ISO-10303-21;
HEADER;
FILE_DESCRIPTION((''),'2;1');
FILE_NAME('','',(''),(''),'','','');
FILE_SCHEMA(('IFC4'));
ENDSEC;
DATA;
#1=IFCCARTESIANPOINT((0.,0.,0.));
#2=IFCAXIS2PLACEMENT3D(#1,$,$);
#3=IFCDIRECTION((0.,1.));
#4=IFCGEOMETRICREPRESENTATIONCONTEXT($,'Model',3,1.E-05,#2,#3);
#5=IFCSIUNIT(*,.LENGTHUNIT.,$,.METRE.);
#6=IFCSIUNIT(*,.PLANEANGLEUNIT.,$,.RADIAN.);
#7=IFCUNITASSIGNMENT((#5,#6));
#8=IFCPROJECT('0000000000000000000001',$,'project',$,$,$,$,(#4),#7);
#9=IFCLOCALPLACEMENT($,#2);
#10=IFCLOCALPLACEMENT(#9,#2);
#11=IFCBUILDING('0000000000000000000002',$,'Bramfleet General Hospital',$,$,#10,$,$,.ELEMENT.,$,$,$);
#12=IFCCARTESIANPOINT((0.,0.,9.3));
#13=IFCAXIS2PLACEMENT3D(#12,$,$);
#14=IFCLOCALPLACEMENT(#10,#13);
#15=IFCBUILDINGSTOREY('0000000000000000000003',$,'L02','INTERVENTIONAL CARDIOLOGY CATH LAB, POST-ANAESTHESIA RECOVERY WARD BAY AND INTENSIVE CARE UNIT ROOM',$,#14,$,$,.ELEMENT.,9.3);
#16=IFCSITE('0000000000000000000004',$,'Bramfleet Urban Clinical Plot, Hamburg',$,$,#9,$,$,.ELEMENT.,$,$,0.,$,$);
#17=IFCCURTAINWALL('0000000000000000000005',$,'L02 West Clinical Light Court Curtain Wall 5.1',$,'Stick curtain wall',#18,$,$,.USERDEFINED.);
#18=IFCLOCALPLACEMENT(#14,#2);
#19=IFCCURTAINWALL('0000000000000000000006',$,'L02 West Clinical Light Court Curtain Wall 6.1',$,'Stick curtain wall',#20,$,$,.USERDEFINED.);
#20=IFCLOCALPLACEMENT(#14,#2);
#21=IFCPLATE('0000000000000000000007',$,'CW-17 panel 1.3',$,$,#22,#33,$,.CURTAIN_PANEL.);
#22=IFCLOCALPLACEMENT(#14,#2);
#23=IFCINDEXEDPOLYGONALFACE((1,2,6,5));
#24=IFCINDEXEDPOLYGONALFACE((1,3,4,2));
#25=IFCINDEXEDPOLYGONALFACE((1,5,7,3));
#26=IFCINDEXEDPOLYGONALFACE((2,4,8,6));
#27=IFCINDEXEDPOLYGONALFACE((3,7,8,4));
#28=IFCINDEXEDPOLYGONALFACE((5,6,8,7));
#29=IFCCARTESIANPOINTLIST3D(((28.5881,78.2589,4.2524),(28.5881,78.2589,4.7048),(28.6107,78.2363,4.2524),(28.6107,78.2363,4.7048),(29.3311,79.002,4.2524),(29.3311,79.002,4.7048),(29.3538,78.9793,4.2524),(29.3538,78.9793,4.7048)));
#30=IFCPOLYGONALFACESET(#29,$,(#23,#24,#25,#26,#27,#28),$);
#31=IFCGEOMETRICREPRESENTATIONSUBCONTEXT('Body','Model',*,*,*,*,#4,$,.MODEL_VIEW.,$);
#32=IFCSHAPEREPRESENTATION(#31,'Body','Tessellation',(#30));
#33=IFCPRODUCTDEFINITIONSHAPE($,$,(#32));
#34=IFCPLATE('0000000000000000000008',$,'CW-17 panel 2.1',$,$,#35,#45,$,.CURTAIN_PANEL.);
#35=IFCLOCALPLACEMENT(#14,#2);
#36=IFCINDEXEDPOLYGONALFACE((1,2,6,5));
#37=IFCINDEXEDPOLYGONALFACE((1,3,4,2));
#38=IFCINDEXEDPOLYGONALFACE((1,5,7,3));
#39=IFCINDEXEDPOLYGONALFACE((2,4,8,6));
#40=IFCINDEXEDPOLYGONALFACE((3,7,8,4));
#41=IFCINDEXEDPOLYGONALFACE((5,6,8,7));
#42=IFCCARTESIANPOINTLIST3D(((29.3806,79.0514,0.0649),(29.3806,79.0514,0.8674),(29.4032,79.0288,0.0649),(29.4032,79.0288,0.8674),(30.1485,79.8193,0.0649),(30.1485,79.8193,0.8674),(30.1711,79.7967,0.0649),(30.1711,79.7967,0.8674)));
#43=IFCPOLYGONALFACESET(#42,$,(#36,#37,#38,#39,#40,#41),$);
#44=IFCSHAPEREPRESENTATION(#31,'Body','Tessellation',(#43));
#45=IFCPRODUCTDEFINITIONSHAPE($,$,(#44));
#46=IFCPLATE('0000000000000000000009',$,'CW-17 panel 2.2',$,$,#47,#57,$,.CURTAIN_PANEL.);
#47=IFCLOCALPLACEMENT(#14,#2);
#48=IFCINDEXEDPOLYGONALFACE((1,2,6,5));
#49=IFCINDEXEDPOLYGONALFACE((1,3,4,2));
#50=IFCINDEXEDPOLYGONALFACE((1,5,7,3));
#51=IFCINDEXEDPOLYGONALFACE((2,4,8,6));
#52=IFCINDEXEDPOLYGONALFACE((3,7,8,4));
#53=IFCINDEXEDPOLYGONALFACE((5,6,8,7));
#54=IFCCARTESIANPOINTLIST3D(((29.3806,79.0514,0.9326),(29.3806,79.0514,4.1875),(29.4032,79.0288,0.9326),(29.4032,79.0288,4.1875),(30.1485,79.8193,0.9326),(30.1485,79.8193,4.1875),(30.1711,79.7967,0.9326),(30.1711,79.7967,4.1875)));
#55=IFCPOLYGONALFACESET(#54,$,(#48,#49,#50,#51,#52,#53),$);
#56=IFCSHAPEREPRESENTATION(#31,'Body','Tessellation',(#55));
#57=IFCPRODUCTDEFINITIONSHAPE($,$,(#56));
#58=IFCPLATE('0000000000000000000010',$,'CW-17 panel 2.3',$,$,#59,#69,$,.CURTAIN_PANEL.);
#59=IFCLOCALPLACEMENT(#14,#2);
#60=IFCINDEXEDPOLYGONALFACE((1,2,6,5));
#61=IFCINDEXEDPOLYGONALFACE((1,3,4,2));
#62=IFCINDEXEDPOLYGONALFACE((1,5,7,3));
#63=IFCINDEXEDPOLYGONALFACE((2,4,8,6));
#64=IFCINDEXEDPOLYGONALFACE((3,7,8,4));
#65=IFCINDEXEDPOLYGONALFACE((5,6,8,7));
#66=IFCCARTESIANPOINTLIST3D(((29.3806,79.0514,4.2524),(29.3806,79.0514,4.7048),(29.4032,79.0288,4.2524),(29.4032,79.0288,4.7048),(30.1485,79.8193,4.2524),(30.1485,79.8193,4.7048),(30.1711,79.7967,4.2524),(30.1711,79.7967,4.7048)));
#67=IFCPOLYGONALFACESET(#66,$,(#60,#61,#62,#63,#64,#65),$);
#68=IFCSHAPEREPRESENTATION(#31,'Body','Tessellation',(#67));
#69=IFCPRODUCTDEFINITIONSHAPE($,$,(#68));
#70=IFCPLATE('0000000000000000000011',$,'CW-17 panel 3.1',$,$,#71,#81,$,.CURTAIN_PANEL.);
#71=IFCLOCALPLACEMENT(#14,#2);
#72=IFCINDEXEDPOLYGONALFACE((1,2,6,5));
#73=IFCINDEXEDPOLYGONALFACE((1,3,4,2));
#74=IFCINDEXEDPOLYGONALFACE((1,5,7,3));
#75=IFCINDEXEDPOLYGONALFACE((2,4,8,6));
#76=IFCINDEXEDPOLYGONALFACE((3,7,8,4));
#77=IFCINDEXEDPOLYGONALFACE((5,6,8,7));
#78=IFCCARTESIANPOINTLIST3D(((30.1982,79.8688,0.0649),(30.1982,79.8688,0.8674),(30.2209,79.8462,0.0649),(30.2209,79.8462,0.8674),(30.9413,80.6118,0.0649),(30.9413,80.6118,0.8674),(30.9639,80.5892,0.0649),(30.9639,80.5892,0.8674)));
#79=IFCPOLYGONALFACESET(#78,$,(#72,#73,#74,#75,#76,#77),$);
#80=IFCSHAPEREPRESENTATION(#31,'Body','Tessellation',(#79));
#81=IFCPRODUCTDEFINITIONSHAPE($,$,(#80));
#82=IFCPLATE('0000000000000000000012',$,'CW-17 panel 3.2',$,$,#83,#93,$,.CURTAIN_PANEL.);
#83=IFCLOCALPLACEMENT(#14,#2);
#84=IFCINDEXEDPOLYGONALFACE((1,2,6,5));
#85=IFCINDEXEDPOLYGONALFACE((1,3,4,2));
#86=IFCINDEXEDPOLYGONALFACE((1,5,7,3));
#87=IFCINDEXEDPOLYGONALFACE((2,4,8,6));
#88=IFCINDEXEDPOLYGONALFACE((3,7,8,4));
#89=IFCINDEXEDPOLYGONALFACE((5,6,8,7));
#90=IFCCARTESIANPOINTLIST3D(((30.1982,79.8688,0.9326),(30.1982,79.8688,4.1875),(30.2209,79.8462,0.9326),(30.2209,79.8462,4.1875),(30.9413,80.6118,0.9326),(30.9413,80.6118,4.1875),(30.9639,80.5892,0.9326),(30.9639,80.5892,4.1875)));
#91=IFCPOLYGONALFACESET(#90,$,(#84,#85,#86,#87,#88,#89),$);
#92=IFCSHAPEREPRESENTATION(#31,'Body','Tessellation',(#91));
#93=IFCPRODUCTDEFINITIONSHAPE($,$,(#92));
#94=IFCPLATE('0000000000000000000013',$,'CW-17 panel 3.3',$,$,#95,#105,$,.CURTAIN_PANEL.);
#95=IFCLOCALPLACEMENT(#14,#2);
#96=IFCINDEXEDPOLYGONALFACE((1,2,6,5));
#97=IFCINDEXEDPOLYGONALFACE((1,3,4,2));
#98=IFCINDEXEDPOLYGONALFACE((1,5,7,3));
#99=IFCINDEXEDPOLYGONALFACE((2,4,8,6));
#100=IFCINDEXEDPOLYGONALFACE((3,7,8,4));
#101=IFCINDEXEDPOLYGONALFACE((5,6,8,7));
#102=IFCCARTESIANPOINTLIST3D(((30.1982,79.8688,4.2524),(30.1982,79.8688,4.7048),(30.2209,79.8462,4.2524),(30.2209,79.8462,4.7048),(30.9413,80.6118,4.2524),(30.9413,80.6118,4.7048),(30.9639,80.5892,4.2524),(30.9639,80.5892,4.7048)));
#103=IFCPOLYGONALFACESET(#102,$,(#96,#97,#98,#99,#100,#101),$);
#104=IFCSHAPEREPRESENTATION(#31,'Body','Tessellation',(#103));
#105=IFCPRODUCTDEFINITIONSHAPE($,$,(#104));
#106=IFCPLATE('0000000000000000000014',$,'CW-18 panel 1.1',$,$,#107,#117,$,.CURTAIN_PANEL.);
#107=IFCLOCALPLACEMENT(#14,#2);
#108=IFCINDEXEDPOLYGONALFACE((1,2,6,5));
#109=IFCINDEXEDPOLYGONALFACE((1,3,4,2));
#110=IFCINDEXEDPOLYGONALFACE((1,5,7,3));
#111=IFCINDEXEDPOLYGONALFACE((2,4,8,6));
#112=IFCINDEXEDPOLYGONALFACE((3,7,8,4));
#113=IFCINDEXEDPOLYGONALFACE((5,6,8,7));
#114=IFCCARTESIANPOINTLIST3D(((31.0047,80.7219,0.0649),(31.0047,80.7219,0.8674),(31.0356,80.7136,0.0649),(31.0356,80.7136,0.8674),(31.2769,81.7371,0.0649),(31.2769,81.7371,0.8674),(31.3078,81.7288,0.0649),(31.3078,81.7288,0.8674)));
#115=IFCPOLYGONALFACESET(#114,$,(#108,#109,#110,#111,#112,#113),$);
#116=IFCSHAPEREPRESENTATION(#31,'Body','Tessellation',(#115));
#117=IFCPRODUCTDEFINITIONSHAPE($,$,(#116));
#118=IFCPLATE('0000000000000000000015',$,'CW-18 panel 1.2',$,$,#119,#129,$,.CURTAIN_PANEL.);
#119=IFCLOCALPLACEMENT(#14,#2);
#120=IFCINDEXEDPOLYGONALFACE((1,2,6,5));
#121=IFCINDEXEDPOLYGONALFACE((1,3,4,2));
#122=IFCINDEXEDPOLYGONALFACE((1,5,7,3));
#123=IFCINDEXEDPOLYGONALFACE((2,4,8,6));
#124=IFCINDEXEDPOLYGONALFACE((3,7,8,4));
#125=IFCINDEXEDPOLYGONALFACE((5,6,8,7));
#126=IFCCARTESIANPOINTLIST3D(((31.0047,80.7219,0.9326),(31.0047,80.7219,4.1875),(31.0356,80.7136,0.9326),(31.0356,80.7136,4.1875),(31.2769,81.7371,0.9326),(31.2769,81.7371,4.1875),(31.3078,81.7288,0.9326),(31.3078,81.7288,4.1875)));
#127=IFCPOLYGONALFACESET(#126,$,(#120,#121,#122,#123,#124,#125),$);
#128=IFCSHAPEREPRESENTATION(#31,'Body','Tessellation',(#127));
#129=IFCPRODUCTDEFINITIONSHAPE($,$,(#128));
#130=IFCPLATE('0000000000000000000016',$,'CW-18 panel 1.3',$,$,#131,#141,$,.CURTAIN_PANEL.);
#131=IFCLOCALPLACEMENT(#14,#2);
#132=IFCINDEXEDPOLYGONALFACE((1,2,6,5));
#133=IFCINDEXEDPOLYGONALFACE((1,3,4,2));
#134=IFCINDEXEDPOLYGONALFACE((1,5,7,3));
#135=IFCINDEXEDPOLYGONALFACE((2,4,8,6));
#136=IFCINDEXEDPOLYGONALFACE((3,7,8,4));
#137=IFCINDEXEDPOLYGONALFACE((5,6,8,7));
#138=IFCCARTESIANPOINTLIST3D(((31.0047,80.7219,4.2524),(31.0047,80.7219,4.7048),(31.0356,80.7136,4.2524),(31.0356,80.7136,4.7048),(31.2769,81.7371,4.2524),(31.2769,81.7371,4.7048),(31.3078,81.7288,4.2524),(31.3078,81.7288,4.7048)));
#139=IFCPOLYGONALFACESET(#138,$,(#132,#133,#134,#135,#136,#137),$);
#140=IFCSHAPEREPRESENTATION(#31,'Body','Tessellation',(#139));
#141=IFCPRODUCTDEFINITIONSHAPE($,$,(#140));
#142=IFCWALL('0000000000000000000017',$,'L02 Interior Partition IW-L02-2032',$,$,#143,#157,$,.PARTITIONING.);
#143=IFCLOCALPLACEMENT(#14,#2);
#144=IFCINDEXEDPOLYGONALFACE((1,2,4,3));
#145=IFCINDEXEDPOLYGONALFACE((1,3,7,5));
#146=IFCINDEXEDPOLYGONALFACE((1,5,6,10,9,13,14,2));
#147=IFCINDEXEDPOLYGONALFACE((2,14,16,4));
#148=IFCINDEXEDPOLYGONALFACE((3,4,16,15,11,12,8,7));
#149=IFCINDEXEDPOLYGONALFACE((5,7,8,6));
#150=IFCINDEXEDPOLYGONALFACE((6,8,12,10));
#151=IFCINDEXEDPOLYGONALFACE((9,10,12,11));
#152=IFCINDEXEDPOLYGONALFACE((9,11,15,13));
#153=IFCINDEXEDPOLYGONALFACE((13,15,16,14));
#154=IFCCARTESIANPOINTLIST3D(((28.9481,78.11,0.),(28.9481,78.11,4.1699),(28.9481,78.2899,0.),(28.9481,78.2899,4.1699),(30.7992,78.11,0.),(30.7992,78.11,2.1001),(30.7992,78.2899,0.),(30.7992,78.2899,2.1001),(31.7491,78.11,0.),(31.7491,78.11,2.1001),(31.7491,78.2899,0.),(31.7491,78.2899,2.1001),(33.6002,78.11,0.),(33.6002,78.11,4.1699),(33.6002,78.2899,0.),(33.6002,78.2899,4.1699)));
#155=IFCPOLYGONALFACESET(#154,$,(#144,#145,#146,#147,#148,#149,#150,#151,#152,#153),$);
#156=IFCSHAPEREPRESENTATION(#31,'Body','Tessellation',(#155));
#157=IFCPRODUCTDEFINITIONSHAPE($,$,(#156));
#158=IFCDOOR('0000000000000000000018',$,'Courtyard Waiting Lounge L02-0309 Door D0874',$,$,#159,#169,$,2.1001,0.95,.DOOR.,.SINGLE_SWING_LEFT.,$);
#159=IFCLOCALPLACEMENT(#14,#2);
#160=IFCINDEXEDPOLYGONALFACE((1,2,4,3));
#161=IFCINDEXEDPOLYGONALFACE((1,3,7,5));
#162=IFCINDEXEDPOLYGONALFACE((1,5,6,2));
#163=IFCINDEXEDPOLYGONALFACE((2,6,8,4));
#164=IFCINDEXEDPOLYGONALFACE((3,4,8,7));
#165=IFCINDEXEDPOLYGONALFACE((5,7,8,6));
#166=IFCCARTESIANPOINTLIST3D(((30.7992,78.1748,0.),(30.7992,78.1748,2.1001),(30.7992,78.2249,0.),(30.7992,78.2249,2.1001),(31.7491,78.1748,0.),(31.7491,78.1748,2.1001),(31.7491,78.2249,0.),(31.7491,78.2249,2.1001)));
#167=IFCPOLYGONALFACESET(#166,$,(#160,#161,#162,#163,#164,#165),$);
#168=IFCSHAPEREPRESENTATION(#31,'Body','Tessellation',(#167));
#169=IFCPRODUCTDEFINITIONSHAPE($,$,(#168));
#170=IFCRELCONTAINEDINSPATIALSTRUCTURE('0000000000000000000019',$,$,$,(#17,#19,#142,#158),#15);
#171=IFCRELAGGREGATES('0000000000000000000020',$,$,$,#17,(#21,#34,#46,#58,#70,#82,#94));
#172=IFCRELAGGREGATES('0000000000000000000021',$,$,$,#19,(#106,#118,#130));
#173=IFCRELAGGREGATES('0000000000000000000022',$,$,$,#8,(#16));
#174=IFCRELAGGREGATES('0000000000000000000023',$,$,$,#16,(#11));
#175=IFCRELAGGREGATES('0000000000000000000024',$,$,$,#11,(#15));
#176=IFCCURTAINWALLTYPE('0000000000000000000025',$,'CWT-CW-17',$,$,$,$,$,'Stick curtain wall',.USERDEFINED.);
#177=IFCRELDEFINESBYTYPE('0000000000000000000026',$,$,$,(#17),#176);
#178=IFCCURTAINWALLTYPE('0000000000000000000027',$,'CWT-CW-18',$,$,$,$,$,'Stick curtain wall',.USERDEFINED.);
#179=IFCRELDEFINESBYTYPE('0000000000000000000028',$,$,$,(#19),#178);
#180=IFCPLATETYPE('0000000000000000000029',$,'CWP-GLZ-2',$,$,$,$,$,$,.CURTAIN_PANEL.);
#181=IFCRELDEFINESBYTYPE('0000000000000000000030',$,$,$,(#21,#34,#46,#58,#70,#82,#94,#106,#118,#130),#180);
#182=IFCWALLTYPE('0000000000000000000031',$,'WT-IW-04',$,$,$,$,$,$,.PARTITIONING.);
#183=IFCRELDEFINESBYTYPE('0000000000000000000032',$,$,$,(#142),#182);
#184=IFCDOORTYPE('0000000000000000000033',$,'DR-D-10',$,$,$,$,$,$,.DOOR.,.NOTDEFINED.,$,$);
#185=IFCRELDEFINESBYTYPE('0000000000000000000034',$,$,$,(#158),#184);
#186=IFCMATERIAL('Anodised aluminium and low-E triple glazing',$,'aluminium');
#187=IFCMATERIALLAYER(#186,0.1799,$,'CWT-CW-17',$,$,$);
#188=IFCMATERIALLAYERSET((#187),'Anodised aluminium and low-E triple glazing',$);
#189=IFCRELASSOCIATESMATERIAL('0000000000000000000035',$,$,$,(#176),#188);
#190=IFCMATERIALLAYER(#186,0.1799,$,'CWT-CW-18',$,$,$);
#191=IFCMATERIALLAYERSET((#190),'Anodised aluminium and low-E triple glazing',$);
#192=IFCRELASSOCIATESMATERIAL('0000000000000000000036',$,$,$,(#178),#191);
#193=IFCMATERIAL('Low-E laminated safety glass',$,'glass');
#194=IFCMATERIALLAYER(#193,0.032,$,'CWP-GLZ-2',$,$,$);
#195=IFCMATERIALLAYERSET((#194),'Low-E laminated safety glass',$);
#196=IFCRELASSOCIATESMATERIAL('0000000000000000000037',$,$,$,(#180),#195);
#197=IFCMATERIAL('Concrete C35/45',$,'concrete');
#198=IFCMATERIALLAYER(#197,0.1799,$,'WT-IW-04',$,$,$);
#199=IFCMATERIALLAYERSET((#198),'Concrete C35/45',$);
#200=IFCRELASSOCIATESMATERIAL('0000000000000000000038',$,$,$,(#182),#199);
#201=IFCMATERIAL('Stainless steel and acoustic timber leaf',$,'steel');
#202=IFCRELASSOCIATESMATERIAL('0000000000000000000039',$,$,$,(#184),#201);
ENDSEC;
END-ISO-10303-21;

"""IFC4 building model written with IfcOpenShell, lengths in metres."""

from ifc_helpers import new_model, si_unit, direction, frame, frame_2d, origin, origin_2d, place, context, subcontext, project, spatial, rectangle, extrude, material, layer, layer_set, type_object, element, fill, aggregate, save


model = new_model("IFC4")

# Units and contexts
model_context = context("Model", 3, precision=1e-05, world=origin(), true_north=direction((0.0, 1.0)))
body_context = subcontext(model_context, "Body", "Model", "MODEL_VIEW")
ifc_project = project(units=[si_unit("LENGTHUNIT", "METRE"), si_unit("PLANEANGLEUNIT", "RADIAN")], contexts=[model_context])

# Site, building, storey
site_placement = place(None, origin())
site = spatial("IfcSite", under=ifc_project, at=site_placement, Name="Bramfleet Urban Clinical Plot, Hamburg", CompositionType="ELEMENT", RefElevation=0.0)
building_placement = place(site_placement, origin())
building = spatial("IfcBuilding", under=site, at=building_placement, Name="Bramfleet General Hospital", CompositionType="ELEMENT")
storey_placement = place(building_placement, frame((0.0, 0.0, 9.3)))
storey = spatial("IfcBuildingStorey", under=building, at=storey_placement, Name="L02", Description="INTERVENTIONAL CARDIOLOGY CATH LAB, POST-ANAESTHESIA RECOVERY WARD BAY AND INTENSIVE CARE UNIT ROOM", CompositionType="ELEMENT", Elevation=9.3)

# Curtain walls
ifc_material_1 = material(Name="Anodised aluminium and low-E triple glazing", Category="aluminium")
ifc_layer_1 = layer(ifc_material_1, 0.1799, Name="CWT-CW-17")
ifc_layer_set_1 = layer_set([ifc_layer_1], Name="Anodised aluminium and low-E triple glazing")
curtain_wall_type_1 = type_object("IfcCurtainWallType", Name="CWT-CW-17", ElementType="Stick curtain wall", PredefinedType="USERDEFINED", material=ifc_layer_set_1)
curtain_wall_1_placement = place(storey_placement, origin())
curtain_wall_1 = element("IfcCurtainWall", 1, at=curtain_wall_1_placement, inside=storey, type_object=curtain_wall_type_1, Name="L02 West Clinical Light Court Curtain Wall 5.1", ObjectType="Stick curtain wall", PredefinedType="USERDEFINED")
ifc_layer_2 = layer(ifc_material_1, 0.1799, Name="CWT-CW-18")
ifc_layer_set_2 = layer_set([ifc_layer_2], Name="Anodised aluminium and low-E triple glazing")
curtain_wall_type_2 = type_object("IfcCurtainWallType", Name="CWT-CW-18", ElementType="Stick curtain wall", PredefinedType="USERDEFINED", material=ifc_layer_set_2)
curtain_wall_2_placement = place(storey_placement, origin())
curtain_wall_2 = element("IfcCurtainWall", 2, at=curtain_wall_2_placement, inside=storey, type_object=curtain_wall_type_2, Name="L02 West Clinical Light Court Curtain Wall 6.1", ObjectType="Stick curtain wall", PredefinedType="USERDEFINED")

# Plates
ifc_material_2 = material(Name="Low-E laminated safety glass", Category="glass")
ifc_layer_3 = layer(ifc_material_2, 0.032, Name="CWP-GLZ-2")
ifc_layer_set_3 = layer_set([ifc_layer_3], Name="Low-E laminated safety glass")
plate_type = type_object("IfcPlateType", Name="CWP-GLZ-2", PredefinedType="CURTAIN_PANEL", material=ifc_layer_set_3)
plate_1_placement = place(storey_placement, frame((28.9709, 78.6191, 4.2524), z_axis=(0.0, 0.0, 1.0), x_axis=(0.707107, 0.707107, 0.0)))
plate_1 = element("IfcPlate", 3, at=plate_1_placement, type_object=plate_type, Name="CW-17 panel 1.3", PredefinedType="CURTAIN_PANEL", context=body_context, shape_type="SweptSolid", body=[
    extrude(rectangle(XDim=1.0508, YDim=0.032, at=origin_2d()), origin(), (0.0, 0.0, 1.0), 0.4524),
])
plate_2_placement = place(storey_placement, frame((29.7759, 79.4241, 0.0649), z_axis=(0.0, 0.0, 1.0), x_axis=(0.707107, 0.707107, 0.0)))
plate_2 = element("IfcPlate", 4, at=plate_2_placement, type_object=plate_type, Name="CW-17 panel 2.1", PredefinedType="CURTAIN_PANEL", context=body_context, shape_type="SweptSolid", body=[
    extrude(rectangle(XDim=1.0859, YDim=0.032, at=origin_2d()), origin(), (0.0, 0.0, 1.0), 0.8025),
])
plate_3_placement = place(storey_placement, frame((29.7759, 79.4241, 0.9326), z_axis=(0.0, 0.0, 1.0), x_axis=(0.707107, 0.707107, 0.0)))
plate_3 = element("IfcPlate", 5, at=plate_3_placement, type_object=plate_type, Name="CW-17 panel 2.2", PredefinedType="CURTAIN_PANEL", context=body_context, shape_type="SweptSolid", body=[
    extrude(rectangle(XDim=1.0859, YDim=0.032, at=origin_2d()), origin(), (0.0, 0.0, 1.0), 3.2549),
])
plate_4_placement = place(storey_placement, frame((29.7759, 79.4241, 4.2524), z_axis=(0.0, 0.0, 1.0), x_axis=(0.707107, 0.707107, 0.0)))
plate_4 = element("IfcPlate", 6, at=plate_4_placement, type_object=plate_type, Name="CW-17 panel 2.3", PredefinedType="CURTAIN_PANEL", context=body_context, shape_type="SweptSolid", body=[
    extrude(rectangle(XDim=1.0859, YDim=0.032, at=origin_2d()), origin(), (0.0, 0.0, 1.0), 0.4524),
])
plate_5_placement = place(storey_placement, frame((30.5811, 80.229, 0.0649), z_axis=(0.0, 0.0, 1.0), x_axis=(0.707107, 0.707107, 0.0)))
plate_5 = element("IfcPlate", 7, at=plate_5_placement, type_object=plate_type, Name="CW-17 panel 3.1", PredefinedType="CURTAIN_PANEL", context=body_context, shape_type="SweptSolid", body=[
    extrude(rectangle(XDim=1.0508, YDim=0.032, at=origin_2d()), origin(), (0.0, 0.0, 1.0), 0.8025),
])
plate_6_placement = place(storey_placement, frame((30.5811, 80.229, 0.9326), z_axis=(0.0, 0.0, 1.0), x_axis=(0.707107, 0.707107, 0.0)))
plate_6 = element("IfcPlate", 8, at=plate_6_placement, type_object=plate_type, Name="CW-17 panel 3.2", PredefinedType="CURTAIN_PANEL", context=body_context, shape_type="SweptSolid", body=[
    extrude(rectangle(XDim=1.0508, YDim=0.032, at=origin_2d()), origin(), (0.0, 0.0, 1.0), 3.2549),
])
plate_7_placement = place(storey_placement, frame((30.5811, 80.229, 4.2524), z_axis=(0.0, 0.0, 1.0), x_axis=(0.707107, 0.707107, 0.0)))
plate_7 = element("IfcPlate", 9, at=plate_7_placement, type_object=plate_type, Name="CW-17 panel 3.3", PredefinedType="CURTAIN_PANEL", context=body_context, shape_type="SweptSolid", body=[
    extrude(rectangle(XDim=1.0508, YDim=0.032, at=origin_2d()), origin(), (0.0, 0.0, 1.0), 0.4524),
])
aggregate(curtain_wall_1, [plate_1, plate_2, plate_3, plate_4, plate_5, plate_6, plate_7])
plate_8_placement = place(storey_placement, frame((31.1562, 81.2253, 0.0649), z_axis=(0.0, 0.0, 1.0), x_axis=(0.258919, 0.965899, 0.0)))
plate_8 = element("IfcPlate", 10, at=plate_8_placement, type_object=plate_type, Name="CW-18 panel 1.1", PredefinedType="CURTAIN_PANEL", context=body_context, shape_type="SweptSolid", body=[
    extrude(rectangle(XDim=1.051, YDim=0.032, at=origin_2d()), origin(), (0.0, 0.0, 1.0), 0.8025),
])
plate_9_placement = place(storey_placement, frame((31.1562, 81.2253, 0.9326), z_axis=(0.0, 0.0, 1.0), x_axis=(0.258919, 0.965899, 0.0)))
plate_9 = element("IfcPlate", 11, at=plate_9_placement, type_object=plate_type, Name="CW-18 panel 1.2", PredefinedType="CURTAIN_PANEL", context=body_context, shape_type="SweptSolid", body=[
    extrude(rectangle(XDim=1.051, YDim=0.032, at=origin_2d()), origin(), (0.0, 0.0, 1.0), 3.2549),
])
plate_10_placement = place(storey_placement, frame((31.1562, 81.2253, 4.2524), z_axis=(0.0, 0.0, 1.0), x_axis=(0.258919, 0.965899, 0.0)))
plate_10 = element("IfcPlate", 12, at=plate_10_placement, type_object=plate_type, Name="CW-18 panel 1.3", PredefinedType="CURTAIN_PANEL", context=body_context, shape_type="SweptSolid", body=[
    extrude(rectangle(XDim=1.051, YDim=0.032, at=origin_2d()), origin(), (0.0, 0.0, 1.0), 0.4524),
])
aggregate(curtain_wall_2, [plate_8, plate_9, plate_10])

# Wall, opening, door
ifc_material_3 = material(Name="Concrete C35/45", Category="concrete")
ifc_layer_4 = layer(ifc_material_3, 0.1799, Name="WT-IW-04")
ifc_layer_set_4 = layer_set([ifc_layer_4], Name="Concrete C35/45")
wall_type = type_object("IfcWallType", Name="WT-IW-04", PredefinedType="PARTITIONING", material=ifc_layer_set_4)
wall_placement = place(storey_placement, frame((28.948, 78.2, 0.0), z_axis=(0.0, 0.0, 1.0), x_axis=(1.0, 0.0, 0.0)))
wall = element("IfcWall", 13, at=wall_placement, inside=storey, type_object=wall_type, Name="L02 Interior Partition IW-L02-2032", PredefinedType="PARTITIONING", context=body_context, shape_type="SweptSolid", body=[
    extrude(rectangle(XDim=4.6521, YDim=0.1799, at=frame_2d((2.3262, 0.0))), origin(), (0.0, 0.0, 1.0), 4.1699),
])
opening_placement = place(wall_placement, frame((1.8511, 0.0, 0.0)))
opening = element("IfcOpeningElement", 14, at=opening_placement, cuts=wall, PredefinedType="OPENING", context=body_context, shape_type="SweptSolid", body=[
    extrude(rectangle(XDim=0.95, YDim=2.1001, at=frame_2d((0.4751, 1.05))), frame((0.0, 0.0999, 0.0), z_axis=(0.0, -1.0, 0.0), x_axis=(1.0, 0.0, 0.0)), (0.0, 0.0, 1.0), 0.2),
])
ifc_material_4 = material(Name="Stainless steel and acoustic timber leaf", Category="steel")
door_type = type_object("IfcDoorType", Name="DR-D-10", OperationType="NOTDEFINED", PredefinedType="DOOR", material=ifc_material_4)
door_placement = place(opening_placement, origin())
door = element("IfcDoor", 15, at=door_placement, inside=storey, type_object=door_type, Name="Courtyard Waiting Lounge L02-0309 Door D0874", OperationType="SINGLE_SWING_LEFT", OverallHeight=2.1001, OverallWidth=0.95, PredefinedType="DOOR", context=body_context, shape_type="SweptSolid", body=[
    extrude(rectangle(XDim=0.95, YDim=2.1001, at=frame_2d((0.4751, 1.05))), frame((0.0, 0.0249, 0.0), z_axis=(0.0, -1.0, 0.0), x_axis=(1.0, 0.0, 0.0)), (0.0, 0.0, 1.0), 0.05),
])
fill(opening, door)

save(model, "model.ifc")
